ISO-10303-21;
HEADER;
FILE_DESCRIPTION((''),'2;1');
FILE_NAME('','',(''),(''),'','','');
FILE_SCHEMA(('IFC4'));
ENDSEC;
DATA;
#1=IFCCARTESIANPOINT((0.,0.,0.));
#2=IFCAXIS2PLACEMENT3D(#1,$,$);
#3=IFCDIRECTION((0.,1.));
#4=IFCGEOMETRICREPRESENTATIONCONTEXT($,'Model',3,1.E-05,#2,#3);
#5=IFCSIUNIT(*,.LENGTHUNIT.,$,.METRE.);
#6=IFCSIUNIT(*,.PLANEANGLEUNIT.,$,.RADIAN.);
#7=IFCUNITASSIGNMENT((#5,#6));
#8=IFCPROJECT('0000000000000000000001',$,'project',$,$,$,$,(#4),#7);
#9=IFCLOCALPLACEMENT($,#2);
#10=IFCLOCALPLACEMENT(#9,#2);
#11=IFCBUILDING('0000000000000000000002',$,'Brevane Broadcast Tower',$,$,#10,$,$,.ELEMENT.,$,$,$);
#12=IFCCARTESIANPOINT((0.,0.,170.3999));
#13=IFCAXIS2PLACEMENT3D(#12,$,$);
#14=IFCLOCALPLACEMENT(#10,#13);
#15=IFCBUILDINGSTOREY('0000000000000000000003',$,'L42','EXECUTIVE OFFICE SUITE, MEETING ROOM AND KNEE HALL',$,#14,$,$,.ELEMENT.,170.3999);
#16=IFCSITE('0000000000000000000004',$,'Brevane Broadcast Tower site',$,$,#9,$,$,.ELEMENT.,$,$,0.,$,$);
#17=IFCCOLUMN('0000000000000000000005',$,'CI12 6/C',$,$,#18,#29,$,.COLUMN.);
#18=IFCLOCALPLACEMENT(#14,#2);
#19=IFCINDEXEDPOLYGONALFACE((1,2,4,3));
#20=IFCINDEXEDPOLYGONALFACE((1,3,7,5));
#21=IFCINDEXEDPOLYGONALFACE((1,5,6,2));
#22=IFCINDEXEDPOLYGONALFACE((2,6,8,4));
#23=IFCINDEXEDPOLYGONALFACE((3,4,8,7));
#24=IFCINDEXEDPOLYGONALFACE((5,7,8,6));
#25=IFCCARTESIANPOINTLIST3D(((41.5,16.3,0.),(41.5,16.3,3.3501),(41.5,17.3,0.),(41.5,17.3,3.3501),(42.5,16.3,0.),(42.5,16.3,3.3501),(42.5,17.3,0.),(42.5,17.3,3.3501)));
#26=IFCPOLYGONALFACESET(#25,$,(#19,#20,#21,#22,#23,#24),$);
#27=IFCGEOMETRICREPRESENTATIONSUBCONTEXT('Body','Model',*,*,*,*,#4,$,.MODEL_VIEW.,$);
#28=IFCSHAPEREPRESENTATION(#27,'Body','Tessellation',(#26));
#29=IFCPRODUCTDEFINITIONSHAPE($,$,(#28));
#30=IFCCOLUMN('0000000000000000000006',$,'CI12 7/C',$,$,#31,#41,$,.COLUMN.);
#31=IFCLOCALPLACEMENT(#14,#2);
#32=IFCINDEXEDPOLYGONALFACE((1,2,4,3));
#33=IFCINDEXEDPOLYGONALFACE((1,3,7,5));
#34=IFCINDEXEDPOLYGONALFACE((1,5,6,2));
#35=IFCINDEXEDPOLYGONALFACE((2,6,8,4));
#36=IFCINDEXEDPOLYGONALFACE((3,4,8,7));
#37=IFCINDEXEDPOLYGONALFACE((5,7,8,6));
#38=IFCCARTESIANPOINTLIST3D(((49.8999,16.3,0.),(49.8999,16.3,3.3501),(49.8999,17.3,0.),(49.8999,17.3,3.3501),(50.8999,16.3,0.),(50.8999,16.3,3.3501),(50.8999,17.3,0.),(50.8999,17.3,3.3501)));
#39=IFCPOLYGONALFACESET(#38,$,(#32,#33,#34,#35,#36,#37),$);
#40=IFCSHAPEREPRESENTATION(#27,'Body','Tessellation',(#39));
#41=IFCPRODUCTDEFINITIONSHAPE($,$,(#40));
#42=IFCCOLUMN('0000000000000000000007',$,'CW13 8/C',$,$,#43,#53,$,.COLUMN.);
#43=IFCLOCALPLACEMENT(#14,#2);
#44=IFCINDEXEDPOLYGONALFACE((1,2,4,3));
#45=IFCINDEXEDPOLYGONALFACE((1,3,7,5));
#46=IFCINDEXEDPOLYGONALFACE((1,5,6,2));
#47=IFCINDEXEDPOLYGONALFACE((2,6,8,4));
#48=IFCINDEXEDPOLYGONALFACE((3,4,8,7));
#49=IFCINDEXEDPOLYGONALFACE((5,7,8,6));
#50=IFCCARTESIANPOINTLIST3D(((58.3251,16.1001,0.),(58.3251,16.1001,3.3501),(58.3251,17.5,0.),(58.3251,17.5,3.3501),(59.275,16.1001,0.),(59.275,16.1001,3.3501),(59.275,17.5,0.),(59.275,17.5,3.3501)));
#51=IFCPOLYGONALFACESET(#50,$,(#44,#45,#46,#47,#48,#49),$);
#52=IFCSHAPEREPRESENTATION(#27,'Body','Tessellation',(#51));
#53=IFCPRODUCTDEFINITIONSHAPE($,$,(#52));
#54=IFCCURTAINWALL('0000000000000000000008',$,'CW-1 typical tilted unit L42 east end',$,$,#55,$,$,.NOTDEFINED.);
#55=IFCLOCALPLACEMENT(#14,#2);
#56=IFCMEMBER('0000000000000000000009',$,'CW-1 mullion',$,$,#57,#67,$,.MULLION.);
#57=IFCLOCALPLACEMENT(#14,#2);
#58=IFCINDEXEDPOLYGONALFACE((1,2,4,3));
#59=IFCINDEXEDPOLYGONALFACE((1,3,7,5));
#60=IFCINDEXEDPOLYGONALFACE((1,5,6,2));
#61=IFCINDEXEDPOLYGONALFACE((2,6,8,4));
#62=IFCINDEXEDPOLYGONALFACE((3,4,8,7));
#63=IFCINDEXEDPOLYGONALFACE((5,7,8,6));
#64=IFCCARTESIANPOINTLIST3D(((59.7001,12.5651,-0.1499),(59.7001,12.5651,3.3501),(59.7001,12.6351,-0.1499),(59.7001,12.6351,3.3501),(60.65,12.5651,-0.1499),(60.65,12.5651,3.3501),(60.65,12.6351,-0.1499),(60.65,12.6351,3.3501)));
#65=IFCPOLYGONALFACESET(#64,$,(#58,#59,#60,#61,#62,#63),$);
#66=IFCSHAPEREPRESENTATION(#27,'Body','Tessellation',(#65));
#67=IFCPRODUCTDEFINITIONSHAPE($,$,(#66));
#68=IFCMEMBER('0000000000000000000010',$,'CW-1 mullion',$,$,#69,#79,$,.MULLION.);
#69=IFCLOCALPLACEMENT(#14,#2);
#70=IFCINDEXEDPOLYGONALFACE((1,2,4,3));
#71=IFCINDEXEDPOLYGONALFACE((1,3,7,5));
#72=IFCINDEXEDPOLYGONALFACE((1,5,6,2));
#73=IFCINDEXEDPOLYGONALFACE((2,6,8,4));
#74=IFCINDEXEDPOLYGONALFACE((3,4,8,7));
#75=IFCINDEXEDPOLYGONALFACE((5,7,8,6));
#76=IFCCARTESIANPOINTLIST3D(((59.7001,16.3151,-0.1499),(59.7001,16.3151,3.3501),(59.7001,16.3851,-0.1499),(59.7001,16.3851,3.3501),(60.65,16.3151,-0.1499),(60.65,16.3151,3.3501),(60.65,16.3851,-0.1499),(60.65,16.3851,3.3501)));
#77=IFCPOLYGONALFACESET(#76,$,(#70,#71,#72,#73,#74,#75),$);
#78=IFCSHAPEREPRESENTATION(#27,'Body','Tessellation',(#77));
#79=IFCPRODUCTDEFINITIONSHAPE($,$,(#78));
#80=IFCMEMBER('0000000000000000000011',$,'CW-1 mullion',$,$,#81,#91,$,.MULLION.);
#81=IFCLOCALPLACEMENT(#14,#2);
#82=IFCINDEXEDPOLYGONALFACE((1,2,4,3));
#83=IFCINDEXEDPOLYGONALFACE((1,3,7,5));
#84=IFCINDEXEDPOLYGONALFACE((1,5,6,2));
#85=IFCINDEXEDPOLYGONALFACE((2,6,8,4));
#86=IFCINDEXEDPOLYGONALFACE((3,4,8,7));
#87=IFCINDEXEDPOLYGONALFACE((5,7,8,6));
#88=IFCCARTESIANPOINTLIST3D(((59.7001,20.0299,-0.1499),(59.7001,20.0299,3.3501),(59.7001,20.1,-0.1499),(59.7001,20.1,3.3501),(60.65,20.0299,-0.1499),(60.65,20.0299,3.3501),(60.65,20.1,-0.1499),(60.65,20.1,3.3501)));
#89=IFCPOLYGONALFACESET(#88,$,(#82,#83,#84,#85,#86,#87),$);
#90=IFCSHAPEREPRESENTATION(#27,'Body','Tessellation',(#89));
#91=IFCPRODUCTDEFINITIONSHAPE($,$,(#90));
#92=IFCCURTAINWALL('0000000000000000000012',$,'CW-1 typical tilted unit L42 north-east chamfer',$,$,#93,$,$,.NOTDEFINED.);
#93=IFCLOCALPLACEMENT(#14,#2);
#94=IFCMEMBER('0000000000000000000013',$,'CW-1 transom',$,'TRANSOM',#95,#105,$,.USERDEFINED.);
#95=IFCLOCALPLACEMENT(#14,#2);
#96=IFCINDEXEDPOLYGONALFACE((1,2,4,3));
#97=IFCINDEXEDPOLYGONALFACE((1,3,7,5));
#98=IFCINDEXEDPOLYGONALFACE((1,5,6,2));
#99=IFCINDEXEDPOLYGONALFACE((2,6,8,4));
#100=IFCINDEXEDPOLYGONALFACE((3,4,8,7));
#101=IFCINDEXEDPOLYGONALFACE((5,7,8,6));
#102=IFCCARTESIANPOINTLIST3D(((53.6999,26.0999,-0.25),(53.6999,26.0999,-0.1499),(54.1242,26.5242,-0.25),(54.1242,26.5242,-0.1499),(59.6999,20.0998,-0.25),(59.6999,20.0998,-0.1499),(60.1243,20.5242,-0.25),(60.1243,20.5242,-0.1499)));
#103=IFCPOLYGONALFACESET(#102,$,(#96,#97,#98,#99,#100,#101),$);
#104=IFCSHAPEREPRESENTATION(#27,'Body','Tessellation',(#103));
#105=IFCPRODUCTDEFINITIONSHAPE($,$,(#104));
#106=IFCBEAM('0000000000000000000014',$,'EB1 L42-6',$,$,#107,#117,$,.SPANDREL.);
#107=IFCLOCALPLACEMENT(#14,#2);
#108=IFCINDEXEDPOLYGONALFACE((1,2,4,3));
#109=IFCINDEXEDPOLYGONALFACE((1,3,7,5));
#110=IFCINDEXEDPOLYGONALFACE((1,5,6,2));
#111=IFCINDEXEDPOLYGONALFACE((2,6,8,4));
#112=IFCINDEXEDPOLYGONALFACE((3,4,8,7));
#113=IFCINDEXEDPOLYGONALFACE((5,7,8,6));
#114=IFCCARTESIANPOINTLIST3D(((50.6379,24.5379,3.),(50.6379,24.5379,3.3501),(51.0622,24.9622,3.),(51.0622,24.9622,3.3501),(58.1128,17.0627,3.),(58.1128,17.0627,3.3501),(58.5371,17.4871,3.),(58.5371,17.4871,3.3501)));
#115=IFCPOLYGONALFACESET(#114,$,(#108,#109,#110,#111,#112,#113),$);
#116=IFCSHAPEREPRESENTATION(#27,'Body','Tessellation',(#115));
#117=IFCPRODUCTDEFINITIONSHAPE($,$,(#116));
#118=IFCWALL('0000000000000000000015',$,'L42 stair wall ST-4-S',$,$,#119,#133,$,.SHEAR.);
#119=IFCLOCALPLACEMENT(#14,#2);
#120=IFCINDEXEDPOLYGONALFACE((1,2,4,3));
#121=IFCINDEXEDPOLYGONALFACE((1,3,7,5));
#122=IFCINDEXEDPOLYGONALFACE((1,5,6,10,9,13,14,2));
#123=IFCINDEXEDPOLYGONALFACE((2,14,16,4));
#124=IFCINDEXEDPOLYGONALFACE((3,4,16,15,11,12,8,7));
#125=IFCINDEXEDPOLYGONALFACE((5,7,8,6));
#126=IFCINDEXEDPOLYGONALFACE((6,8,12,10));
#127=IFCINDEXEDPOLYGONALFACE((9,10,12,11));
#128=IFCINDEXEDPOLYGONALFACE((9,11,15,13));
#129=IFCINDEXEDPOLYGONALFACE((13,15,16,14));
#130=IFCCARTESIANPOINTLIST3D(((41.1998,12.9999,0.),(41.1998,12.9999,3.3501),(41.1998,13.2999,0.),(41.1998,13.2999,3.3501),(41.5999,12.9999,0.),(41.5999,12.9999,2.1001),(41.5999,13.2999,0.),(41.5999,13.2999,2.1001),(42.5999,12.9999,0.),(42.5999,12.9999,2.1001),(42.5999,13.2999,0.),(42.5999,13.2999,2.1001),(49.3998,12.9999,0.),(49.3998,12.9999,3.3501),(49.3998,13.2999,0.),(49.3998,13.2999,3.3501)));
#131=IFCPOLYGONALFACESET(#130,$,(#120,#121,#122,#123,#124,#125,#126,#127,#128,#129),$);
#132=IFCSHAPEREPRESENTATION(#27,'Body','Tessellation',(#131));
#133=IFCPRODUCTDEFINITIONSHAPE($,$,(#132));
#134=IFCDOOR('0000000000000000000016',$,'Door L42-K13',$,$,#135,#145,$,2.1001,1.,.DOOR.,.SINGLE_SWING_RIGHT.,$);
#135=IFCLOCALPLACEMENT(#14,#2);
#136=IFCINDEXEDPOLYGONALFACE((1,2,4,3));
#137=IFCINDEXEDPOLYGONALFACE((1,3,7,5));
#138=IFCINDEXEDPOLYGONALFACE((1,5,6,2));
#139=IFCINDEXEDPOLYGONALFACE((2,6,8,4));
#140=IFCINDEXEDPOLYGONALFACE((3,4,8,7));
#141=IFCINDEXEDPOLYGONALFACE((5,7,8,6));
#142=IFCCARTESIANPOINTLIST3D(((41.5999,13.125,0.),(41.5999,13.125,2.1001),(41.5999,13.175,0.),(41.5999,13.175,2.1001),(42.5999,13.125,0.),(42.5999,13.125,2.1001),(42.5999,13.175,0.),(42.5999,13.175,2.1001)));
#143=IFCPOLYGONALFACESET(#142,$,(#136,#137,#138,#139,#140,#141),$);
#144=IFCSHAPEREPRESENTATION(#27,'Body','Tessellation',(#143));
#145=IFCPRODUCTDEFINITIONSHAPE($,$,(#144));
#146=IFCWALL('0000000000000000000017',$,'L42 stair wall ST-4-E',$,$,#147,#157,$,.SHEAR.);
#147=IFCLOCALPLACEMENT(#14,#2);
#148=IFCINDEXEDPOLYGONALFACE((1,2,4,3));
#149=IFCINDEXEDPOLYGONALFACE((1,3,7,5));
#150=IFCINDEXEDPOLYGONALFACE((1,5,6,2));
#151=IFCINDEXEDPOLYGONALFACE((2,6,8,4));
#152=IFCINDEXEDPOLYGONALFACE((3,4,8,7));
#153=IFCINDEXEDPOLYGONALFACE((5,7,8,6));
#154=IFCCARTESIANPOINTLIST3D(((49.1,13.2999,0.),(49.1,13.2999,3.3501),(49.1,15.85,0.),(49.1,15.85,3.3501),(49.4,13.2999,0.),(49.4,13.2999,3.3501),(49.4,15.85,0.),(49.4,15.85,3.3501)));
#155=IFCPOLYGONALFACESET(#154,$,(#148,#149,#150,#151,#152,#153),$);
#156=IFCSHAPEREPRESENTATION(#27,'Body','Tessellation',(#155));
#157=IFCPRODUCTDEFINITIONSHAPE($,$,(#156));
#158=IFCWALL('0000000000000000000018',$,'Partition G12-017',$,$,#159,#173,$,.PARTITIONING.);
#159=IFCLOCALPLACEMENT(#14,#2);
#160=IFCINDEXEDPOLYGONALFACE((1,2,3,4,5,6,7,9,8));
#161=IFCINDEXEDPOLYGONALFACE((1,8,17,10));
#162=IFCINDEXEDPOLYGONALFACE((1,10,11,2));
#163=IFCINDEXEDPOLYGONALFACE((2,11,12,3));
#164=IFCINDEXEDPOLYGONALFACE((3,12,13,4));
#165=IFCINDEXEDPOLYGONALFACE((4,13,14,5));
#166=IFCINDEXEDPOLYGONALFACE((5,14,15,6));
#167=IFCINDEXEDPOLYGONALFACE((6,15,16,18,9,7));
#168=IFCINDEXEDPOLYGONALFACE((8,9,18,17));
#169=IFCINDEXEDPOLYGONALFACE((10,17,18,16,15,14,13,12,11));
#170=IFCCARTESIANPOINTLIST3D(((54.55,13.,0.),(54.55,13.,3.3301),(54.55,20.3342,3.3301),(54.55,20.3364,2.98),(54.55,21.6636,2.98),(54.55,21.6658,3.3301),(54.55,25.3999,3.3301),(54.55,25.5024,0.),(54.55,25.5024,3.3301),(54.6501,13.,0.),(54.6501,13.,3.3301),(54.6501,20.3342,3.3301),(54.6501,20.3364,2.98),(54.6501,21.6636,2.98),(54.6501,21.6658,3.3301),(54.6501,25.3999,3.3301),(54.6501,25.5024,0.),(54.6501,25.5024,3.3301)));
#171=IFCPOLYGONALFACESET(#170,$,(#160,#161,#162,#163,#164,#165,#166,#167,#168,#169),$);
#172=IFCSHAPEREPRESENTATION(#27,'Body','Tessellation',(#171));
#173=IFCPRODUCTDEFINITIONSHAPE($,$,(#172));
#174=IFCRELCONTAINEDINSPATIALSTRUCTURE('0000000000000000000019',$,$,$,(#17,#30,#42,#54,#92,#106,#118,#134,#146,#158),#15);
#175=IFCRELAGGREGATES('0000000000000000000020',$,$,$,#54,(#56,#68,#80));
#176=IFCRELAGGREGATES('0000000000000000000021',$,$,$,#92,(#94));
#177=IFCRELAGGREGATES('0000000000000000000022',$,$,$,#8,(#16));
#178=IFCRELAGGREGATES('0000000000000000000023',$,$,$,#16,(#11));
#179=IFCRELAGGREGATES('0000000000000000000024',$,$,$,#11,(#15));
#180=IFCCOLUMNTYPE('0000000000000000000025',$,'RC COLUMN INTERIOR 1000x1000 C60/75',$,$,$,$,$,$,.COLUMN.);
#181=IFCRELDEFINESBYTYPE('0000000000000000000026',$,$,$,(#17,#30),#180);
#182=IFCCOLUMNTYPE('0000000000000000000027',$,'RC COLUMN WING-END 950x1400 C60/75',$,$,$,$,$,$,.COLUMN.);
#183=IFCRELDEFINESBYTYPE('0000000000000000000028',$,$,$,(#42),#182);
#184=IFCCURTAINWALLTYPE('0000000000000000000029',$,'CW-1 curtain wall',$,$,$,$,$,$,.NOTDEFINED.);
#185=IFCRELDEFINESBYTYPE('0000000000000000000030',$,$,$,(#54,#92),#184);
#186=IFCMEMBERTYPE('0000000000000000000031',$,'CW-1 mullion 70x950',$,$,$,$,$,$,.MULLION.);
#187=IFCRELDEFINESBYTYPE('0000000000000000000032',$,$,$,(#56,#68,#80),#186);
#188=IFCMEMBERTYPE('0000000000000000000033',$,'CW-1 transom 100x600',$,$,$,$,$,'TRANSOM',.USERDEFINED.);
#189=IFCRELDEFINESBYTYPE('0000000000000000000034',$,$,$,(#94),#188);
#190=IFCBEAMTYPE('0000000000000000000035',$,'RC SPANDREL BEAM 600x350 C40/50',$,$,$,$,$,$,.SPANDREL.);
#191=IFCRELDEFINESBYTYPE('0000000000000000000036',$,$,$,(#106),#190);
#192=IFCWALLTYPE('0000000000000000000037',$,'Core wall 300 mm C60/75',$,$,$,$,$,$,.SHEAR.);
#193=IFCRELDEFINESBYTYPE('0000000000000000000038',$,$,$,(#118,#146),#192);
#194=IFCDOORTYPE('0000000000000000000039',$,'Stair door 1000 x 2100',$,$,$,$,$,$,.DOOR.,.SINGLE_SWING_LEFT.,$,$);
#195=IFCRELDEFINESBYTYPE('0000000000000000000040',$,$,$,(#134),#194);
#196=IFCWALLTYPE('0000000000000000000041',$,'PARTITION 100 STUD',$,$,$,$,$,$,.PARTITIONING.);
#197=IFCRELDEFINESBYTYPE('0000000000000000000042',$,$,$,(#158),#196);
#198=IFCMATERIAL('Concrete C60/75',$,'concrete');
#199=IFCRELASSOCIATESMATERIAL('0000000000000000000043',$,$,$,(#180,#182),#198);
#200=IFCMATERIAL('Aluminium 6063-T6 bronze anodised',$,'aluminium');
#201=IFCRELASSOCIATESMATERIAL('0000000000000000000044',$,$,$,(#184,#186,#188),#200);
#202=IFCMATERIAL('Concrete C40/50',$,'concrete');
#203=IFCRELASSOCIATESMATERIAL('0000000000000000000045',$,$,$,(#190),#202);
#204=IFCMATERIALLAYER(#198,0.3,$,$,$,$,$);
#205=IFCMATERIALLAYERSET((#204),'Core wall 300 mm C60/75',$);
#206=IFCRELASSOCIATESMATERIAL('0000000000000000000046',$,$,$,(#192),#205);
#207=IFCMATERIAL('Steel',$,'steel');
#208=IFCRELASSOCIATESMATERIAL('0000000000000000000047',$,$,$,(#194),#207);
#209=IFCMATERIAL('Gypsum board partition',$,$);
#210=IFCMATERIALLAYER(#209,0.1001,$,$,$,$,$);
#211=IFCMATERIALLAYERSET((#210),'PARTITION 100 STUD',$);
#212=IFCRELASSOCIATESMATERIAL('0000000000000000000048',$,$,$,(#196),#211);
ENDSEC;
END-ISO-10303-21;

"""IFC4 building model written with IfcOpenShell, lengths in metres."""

from ifc_helpers import new_model, si_unit, direction, frame, frame_2d, origin, origin_2d, place, context, subcontext, project, spatial, polyline, rectangle, outline, extrude, material, layer, layer_set, material_profile, profile_set, type_object, element, fill, aggregate, save


model = new_model("IFC4")

# Units and contexts
model_context = context("Model", 3, precision=1e-05, world=origin(), true_north=direction((0.0, 1.0)))
body_context = subcontext(model_context, "Body", "Model", "MODEL_VIEW")
ifc_project = project(units=[si_unit("LENGTHUNIT", "METRE"), si_unit("PLANEANGLEUNIT", "RADIAN")], contexts=[model_context])

# Site, building, storey
site_placement = place(None, origin())
site = spatial("IfcSite", under=ifc_project, at=site_placement, Name="Brevane Broadcast Tower site", CompositionType="ELEMENT", RefElevation=0.0)
building_placement = place(site_placement, origin())
building = spatial("IfcBuilding", under=site, at=building_placement, Name="Brevane Broadcast Tower", CompositionType="ELEMENT")
storey_placement = place(building_placement, frame((0.0, 0.0, 170.3999)))
storey = spatial("IfcBuildingStorey", under=building, at=storey_placement, Name="L42", Description="EXECUTIVE OFFICE SUITE, MEETING ROOM AND KNEE HALL", CompositionType="ELEMENT", Elevation=170.3999)

# Columns
ifc_material_1 = material(Name="Concrete C60/75", Category="concrete")
ifc_material_profile_1 = material_profile(ifc_material_1, rectangle(XDim=1.0, YDim=1.0, at=origin_2d()), Name="RC 1000x1000")
ifc_profile_set_1 = profile_set([ifc_material_profile_1], Name="Concrete C60/75")
column_type_1 = type_object("IfcColumnType", Name="RC COLUMN INTERIOR 1000x1000 C60/75", PredefinedType="COLUMN", material=ifc_profile_set_1)
for number, where, z_axis, x_axis, name in (
    (1, (42.0, 16.8, 0.0), (0.0, 0.0, 1.0), (1.0, 0.0, 0.0), "CI12 6/C"),
    (2, (50.3999, 16.8, 0.0), (0.0, 0.0, 1.0), (1.0, 0.0, 0.0), "CI12 7/C"),
):
    element("IfcColumn", number, at=place(storey_placement, frame(where, z_axis=z_axis, x_axis=x_axis)), inside=storey, type_object=column_type_1, Name=name, PredefinedType="COLUMN", context=body_context, shape_type="SweptSolid", body=[
        extrude(rectangle(XDim=1.0, YDim=1.0, at=origin_2d()), origin(), (0.0, 0.0, 1.0), 3.3501),
    ])
ifc_material_profile_2 = material_profile(ifc_material_1, rectangle(XDim=0.95, YDim=1.3999, at=origin_2d()), Name="RC 950x1400")
ifc_profile_set_2 = profile_set([ifc_material_profile_2], Name="Concrete C60/75")
column_type_2 = type_object("IfcColumnType", Name="RC COLUMN WING-END 950x1400 C60/75", PredefinedType="COLUMN", material=ifc_profile_set_2)
column_placement = place(storey_placement, frame((58.8, 16.8, 0.0), z_axis=(0.0, 0.0, 1.0), x_axis=(1.0, 0.0, 0.0)))
element("IfcColumn", 3, at=column_placement, inside=storey, type_object=column_type_2, Name="CW13 8/C", PredefinedType="COLUMN", context=body_context, shape_type="SweptSolid", body=[
    extrude(rectangle(XDim=0.95, YDim=1.3999, at=origin_2d()), origin(), (0.0, 0.0, 1.0), 3.3501),
])

# Curtain wall, members
ifc_material_2 = material(Name="Aluminium 6063-T6 bronze anodised", Category="aluminium")
curtain_wall_type = type_object("IfcCurtainWallType", Name="CW-1 curtain wall", PredefinedType="NOTDEFINED", material=ifc_material_2)
curtain_wall_1_placement = place(storey_placement, origin())
curtain_wall_1 = element("IfcCurtainWall", 4, at=curtain_wall_1_placement, inside=storey, type_object=curtain_wall_type, Name="CW-1 typical tilted unit L42 east end", PredefinedType="NOTDEFINED")
ifc_material_profile_3 = material_profile(ifc_material_2, rectangle(XDim=0.95, YDim=0.0701, at=origin_2d()), Name="RECT 70x950")
ifc_profile_set_3 = profile_set([ifc_material_profile_3], Name="Aluminium 6063-T6 bronze anodised")
member_type_1 = type_object("IfcMemberType", Name="CW-1 mullion 70x950", PredefinedType="MULLION", material=ifc_profile_set_3)
member_1_placement = place(storey_placement, frame((60.175, 12.6001, -0.1499), z_axis=(0.0, 0.0, 1.0), x_axis=(-1.0, 0.0, 0.0)))
member_1 = element("IfcMember", 5, at=member_1_placement, type_object=member_type_1, Name="CW-1 mullion", PredefinedType="MULLION", context=body_context, shape_type="SweptSolid", body=[
    extrude(rectangle(XDim=0.95, YDim=0.0701, at=origin_2d()), origin(), (0.0, 0.0, 1.0), 3.5),
])
member_2_placement = place(storey_placement, frame((60.175, 16.3501, -0.1499), z_axis=(0.0, 0.0, 1.0), x_axis=(-1.0, 0.0, 0.0)))
member_2 = element("IfcMember", 6, at=member_2_placement, type_object=member_type_1, Name="CW-1 mullion", PredefinedType="MULLION", context=body_context, shape_type="SweptSolid", body=[
    extrude(rectangle(XDim=0.95, YDim=0.0701, at=origin_2d()), origin(), (0.0, 0.0, 1.0), 3.5),
])
member_3_placement = place(storey_placement, frame((60.175, 20.0649, -0.1499), z_axis=(0.0, 0.0, 1.0), x_axis=(-1.0, 0.0, 0.0)))
member_3 = element("IfcMember", 7, at=member_3_placement, type_object=member_type_1, Name="CW-1 mullion", PredefinedType="MULLION", context=body_context, shape_type="SweptSolid", body=[
    extrude(rectangle(XDim=0.95, YDim=0.0701, at=origin_2d()), origin(), (0.0, 0.0, 1.0), 3.5),
])
aggregate(curtain_wall_1, [member_1, member_2, member_3])

# Curtain wall, member
curtain_wall_2_placement = place(storey_placement, origin())
curtain_wall_2 = element("IfcCurtainWall", 8, at=curtain_wall_2_placement, inside=storey, type_object=curtain_wall_type, Name="CW-1 typical tilted unit L42 north-east chamfer", PredefinedType="NOTDEFINED")
ifc_material_profile_4 = material_profile(ifc_material_2, rectangle(XDim=0.6001, YDim=0.1001, at=origin_2d()), Name="RECT 100x600")
ifc_profile_set_4 = profile_set([ifc_material_profile_4], Name="Aluminium 6063-T6 bronze anodised")
member_type_2 = type_object("IfcMemberType", Name="CW-1 transom 100x600", ElementType="TRANSOM", PredefinedType="USERDEFINED", material=ifc_profile_set_4)
member_4_placement = place(storey_placement, frame((59.9121, 20.312, -0.2), z_axis=(-0.707107, 0.707107, 0.0), x_axis=(-0.707107, -0.707107, 0.0)))
member_4 = element("IfcMember", 9, at=member_4_placement, type_object=member_type_2, Name="CW-1 transom", ObjectType="TRANSOM", PredefinedType="USERDEFINED", context=body_context, shape_type="SweptSolid", body=[
    extrude(rectangle(XDim=0.6001, YDim=0.1001, at=origin_2d()), origin(), (0.0, 0.0, 1.0), 8.4854),
])
aggregate(curtain_wall_2, [member_4])

# Beam
ifc_material_3 = material(Name="Concrete C40/50", Category="concrete")
ifc_material_profile_5 = material_profile(ifc_material_3, rectangle(XDim=0.6001, YDim=0.3501, at=origin_2d()), Name="RC 600x350")
ifc_profile_set_5 = profile_set([ifc_material_profile_5], Name="Concrete C40/50")
beam_type = type_object("IfcBeamType", Name="RC SPANDREL BEAM 600x350 C40/50", PredefinedType="SPANDREL", material=ifc_profile_set_5)
beam_placement = place(storey_placement, frame((58.325, 17.2749, 3.175), z_axis=(-0.707095, 0.707118, 0.0), x_axis=(-0.707118, -0.707095, 0.0)))
element("IfcBeam", 10, at=beam_placement, inside=storey, type_object=beam_type, Name="EB1 L42-6", PredefinedType="SPANDREL", context=body_context, shape_type="SweptSolid", body=[
    extrude(rectangle(XDim=0.6001, YDim=0.3501, at=origin_2d()), origin(), (0.0, 0.0, 1.0), 10.5713),
])

# Wall, opening, door
ifc_layer_1 = layer(ifc_material_1, 0.3)
ifc_layer_set_1 = layer_set([ifc_layer_1], Name="Core wall 300 mm C60/75")
wall_type_1 = type_object("IfcWallType", Name="Core wall 300 mm C60/75", PredefinedType="SHEAR", material=ifc_layer_set_1)
wall_1_placement = place(storey_placement, frame((49.3999, 13.1499, 0.0), z_axis=(0.0, 0.0, 1.0), x_axis=(-1.0, 0.0, 0.0)))
wall_1 = element("IfcWall", 11, at=wall_1_placement, inside=storey, type_object=wall_type_1, Name="L42 stair wall ST-4-S", PredefinedType="SHEAR", context=body_context, shape_type="SweptSolid", body=[
    extrude(rectangle(XDim=8.2, YDim=0.3, at=frame_2d((4.1001, 0.0))), origin(), (0.0, 0.0, 1.0), 3.3501),
])
opening_1_placement = place(wall_1_placement, frame((6.8, 0.0, 0.0)))
opening_1 = element("IfcOpeningElement", 12, at=opening_1_placement, cuts=wall_1, PredefinedType="OPENING", context=body_context, shape_type="SweptSolid", body=[
    extrude(rectangle(XDim=1.0, YDim=2.1001, at=frame_2d((0.5, 1.05))), frame((0.0, 0.1599, 0.0), z_axis=(0.0, -1.0, 0.0), x_axis=(1.0, 0.0, 0.0)), (0.0, 0.0, 1.0), 0.3201),
])
ifc_material_4 = material(Name="Steel", Category="steel")
door_type_1 = type_object("IfcDoorType", Name="Stair door 1000 x 2100", OperationType="SINGLE_SWING_LEFT", PredefinedType="DOOR", material=ifc_material_4)
door_1_placement = place(opening_1_placement, origin())
door_1 = element("IfcDoor", 13, at=door_1_placement, inside=storey, type_object=door_type_1, Name="Door L42-K13", OperationType="SINGLE_SWING_RIGHT", OverallHeight=2.1001, OverallWidth=1.0, PredefinedType="DOOR", context=body_context, shape_type="SweptSolid", body=[
    extrude(rectangle(XDim=1.0, YDim=2.1001, at=frame_2d((0.5, 1.05))), frame((0.0, 0.0249, 0.0), z_axis=(0.0, -1.0, 0.0), x_axis=(1.0, 0.0, 0.0)), (0.0, 0.0, 1.0), 0.05),
])
fill(opening_1, door_1)

# Walls
wall_2_placement = place(storey_placement, frame((49.25, 13.3, 0.0), z_axis=(0.0, 0.0, 1.0), x_axis=(0.0, 1.0, 0.0)))
element("IfcWall", 14, at=wall_2_placement, inside=storey, type_object=wall_type_1, Name="L42 stair wall ST-4-E", PredefinedType="SHEAR", context=body_context, shape_type="SweptSolid", body=[
    extrude(rectangle(XDim=2.55, YDim=0.3, at=frame_2d((1.2749, 0.0))), origin(), (0.0, 0.0, 1.0), 3.3501),
])
ifc_material_5 = material(Name="Gypsum board partition")
ifc_layer_2 = layer(ifc_material_5, 0.1001)
ifc_layer_set_2 = layer_set([ifc_layer_2], Name="PARTITION 100 STUD")
wall_type_2 = type_object("IfcWallType", Name="PARTITION 100 STUD", PredefinedType="PARTITIONING", material=ifc_layer_set_2)
wall_3_placement = place(storey_placement, frame((54.6001, 13.0, 0.0), z_axis=(0.0, 0.0, 1.0), x_axis=(0.0, 1.0, 0.0)))
element("IfcWall", 15, at=wall_3_placement, inside=storey, type_object=wall_type_2, Name="Partition G12-017", PredefinedType="PARTITIONING", context=body_context, shape_type="SweptSolid", body=[
    extrude(outline(polyline([(0.0, 0.0), (12.5024, 0.0), (12.5024, 3.3301), (12.3999, 3.3301), (8.6658, 3.3301), (8.6636, 2.98), (7.3364, 2.98), (7.3342, 3.3301), (0.0, 3.3301), (0.0, 0.0)])), frame((0.0, 0.05, 0.0), z_axis=(0.0, -1.0, 0.0), x_axis=(1.0, 0.0, 0.0)), (0.0, 0.0, 1.0), 0.1001),
])

save(model, "model.ifc")
